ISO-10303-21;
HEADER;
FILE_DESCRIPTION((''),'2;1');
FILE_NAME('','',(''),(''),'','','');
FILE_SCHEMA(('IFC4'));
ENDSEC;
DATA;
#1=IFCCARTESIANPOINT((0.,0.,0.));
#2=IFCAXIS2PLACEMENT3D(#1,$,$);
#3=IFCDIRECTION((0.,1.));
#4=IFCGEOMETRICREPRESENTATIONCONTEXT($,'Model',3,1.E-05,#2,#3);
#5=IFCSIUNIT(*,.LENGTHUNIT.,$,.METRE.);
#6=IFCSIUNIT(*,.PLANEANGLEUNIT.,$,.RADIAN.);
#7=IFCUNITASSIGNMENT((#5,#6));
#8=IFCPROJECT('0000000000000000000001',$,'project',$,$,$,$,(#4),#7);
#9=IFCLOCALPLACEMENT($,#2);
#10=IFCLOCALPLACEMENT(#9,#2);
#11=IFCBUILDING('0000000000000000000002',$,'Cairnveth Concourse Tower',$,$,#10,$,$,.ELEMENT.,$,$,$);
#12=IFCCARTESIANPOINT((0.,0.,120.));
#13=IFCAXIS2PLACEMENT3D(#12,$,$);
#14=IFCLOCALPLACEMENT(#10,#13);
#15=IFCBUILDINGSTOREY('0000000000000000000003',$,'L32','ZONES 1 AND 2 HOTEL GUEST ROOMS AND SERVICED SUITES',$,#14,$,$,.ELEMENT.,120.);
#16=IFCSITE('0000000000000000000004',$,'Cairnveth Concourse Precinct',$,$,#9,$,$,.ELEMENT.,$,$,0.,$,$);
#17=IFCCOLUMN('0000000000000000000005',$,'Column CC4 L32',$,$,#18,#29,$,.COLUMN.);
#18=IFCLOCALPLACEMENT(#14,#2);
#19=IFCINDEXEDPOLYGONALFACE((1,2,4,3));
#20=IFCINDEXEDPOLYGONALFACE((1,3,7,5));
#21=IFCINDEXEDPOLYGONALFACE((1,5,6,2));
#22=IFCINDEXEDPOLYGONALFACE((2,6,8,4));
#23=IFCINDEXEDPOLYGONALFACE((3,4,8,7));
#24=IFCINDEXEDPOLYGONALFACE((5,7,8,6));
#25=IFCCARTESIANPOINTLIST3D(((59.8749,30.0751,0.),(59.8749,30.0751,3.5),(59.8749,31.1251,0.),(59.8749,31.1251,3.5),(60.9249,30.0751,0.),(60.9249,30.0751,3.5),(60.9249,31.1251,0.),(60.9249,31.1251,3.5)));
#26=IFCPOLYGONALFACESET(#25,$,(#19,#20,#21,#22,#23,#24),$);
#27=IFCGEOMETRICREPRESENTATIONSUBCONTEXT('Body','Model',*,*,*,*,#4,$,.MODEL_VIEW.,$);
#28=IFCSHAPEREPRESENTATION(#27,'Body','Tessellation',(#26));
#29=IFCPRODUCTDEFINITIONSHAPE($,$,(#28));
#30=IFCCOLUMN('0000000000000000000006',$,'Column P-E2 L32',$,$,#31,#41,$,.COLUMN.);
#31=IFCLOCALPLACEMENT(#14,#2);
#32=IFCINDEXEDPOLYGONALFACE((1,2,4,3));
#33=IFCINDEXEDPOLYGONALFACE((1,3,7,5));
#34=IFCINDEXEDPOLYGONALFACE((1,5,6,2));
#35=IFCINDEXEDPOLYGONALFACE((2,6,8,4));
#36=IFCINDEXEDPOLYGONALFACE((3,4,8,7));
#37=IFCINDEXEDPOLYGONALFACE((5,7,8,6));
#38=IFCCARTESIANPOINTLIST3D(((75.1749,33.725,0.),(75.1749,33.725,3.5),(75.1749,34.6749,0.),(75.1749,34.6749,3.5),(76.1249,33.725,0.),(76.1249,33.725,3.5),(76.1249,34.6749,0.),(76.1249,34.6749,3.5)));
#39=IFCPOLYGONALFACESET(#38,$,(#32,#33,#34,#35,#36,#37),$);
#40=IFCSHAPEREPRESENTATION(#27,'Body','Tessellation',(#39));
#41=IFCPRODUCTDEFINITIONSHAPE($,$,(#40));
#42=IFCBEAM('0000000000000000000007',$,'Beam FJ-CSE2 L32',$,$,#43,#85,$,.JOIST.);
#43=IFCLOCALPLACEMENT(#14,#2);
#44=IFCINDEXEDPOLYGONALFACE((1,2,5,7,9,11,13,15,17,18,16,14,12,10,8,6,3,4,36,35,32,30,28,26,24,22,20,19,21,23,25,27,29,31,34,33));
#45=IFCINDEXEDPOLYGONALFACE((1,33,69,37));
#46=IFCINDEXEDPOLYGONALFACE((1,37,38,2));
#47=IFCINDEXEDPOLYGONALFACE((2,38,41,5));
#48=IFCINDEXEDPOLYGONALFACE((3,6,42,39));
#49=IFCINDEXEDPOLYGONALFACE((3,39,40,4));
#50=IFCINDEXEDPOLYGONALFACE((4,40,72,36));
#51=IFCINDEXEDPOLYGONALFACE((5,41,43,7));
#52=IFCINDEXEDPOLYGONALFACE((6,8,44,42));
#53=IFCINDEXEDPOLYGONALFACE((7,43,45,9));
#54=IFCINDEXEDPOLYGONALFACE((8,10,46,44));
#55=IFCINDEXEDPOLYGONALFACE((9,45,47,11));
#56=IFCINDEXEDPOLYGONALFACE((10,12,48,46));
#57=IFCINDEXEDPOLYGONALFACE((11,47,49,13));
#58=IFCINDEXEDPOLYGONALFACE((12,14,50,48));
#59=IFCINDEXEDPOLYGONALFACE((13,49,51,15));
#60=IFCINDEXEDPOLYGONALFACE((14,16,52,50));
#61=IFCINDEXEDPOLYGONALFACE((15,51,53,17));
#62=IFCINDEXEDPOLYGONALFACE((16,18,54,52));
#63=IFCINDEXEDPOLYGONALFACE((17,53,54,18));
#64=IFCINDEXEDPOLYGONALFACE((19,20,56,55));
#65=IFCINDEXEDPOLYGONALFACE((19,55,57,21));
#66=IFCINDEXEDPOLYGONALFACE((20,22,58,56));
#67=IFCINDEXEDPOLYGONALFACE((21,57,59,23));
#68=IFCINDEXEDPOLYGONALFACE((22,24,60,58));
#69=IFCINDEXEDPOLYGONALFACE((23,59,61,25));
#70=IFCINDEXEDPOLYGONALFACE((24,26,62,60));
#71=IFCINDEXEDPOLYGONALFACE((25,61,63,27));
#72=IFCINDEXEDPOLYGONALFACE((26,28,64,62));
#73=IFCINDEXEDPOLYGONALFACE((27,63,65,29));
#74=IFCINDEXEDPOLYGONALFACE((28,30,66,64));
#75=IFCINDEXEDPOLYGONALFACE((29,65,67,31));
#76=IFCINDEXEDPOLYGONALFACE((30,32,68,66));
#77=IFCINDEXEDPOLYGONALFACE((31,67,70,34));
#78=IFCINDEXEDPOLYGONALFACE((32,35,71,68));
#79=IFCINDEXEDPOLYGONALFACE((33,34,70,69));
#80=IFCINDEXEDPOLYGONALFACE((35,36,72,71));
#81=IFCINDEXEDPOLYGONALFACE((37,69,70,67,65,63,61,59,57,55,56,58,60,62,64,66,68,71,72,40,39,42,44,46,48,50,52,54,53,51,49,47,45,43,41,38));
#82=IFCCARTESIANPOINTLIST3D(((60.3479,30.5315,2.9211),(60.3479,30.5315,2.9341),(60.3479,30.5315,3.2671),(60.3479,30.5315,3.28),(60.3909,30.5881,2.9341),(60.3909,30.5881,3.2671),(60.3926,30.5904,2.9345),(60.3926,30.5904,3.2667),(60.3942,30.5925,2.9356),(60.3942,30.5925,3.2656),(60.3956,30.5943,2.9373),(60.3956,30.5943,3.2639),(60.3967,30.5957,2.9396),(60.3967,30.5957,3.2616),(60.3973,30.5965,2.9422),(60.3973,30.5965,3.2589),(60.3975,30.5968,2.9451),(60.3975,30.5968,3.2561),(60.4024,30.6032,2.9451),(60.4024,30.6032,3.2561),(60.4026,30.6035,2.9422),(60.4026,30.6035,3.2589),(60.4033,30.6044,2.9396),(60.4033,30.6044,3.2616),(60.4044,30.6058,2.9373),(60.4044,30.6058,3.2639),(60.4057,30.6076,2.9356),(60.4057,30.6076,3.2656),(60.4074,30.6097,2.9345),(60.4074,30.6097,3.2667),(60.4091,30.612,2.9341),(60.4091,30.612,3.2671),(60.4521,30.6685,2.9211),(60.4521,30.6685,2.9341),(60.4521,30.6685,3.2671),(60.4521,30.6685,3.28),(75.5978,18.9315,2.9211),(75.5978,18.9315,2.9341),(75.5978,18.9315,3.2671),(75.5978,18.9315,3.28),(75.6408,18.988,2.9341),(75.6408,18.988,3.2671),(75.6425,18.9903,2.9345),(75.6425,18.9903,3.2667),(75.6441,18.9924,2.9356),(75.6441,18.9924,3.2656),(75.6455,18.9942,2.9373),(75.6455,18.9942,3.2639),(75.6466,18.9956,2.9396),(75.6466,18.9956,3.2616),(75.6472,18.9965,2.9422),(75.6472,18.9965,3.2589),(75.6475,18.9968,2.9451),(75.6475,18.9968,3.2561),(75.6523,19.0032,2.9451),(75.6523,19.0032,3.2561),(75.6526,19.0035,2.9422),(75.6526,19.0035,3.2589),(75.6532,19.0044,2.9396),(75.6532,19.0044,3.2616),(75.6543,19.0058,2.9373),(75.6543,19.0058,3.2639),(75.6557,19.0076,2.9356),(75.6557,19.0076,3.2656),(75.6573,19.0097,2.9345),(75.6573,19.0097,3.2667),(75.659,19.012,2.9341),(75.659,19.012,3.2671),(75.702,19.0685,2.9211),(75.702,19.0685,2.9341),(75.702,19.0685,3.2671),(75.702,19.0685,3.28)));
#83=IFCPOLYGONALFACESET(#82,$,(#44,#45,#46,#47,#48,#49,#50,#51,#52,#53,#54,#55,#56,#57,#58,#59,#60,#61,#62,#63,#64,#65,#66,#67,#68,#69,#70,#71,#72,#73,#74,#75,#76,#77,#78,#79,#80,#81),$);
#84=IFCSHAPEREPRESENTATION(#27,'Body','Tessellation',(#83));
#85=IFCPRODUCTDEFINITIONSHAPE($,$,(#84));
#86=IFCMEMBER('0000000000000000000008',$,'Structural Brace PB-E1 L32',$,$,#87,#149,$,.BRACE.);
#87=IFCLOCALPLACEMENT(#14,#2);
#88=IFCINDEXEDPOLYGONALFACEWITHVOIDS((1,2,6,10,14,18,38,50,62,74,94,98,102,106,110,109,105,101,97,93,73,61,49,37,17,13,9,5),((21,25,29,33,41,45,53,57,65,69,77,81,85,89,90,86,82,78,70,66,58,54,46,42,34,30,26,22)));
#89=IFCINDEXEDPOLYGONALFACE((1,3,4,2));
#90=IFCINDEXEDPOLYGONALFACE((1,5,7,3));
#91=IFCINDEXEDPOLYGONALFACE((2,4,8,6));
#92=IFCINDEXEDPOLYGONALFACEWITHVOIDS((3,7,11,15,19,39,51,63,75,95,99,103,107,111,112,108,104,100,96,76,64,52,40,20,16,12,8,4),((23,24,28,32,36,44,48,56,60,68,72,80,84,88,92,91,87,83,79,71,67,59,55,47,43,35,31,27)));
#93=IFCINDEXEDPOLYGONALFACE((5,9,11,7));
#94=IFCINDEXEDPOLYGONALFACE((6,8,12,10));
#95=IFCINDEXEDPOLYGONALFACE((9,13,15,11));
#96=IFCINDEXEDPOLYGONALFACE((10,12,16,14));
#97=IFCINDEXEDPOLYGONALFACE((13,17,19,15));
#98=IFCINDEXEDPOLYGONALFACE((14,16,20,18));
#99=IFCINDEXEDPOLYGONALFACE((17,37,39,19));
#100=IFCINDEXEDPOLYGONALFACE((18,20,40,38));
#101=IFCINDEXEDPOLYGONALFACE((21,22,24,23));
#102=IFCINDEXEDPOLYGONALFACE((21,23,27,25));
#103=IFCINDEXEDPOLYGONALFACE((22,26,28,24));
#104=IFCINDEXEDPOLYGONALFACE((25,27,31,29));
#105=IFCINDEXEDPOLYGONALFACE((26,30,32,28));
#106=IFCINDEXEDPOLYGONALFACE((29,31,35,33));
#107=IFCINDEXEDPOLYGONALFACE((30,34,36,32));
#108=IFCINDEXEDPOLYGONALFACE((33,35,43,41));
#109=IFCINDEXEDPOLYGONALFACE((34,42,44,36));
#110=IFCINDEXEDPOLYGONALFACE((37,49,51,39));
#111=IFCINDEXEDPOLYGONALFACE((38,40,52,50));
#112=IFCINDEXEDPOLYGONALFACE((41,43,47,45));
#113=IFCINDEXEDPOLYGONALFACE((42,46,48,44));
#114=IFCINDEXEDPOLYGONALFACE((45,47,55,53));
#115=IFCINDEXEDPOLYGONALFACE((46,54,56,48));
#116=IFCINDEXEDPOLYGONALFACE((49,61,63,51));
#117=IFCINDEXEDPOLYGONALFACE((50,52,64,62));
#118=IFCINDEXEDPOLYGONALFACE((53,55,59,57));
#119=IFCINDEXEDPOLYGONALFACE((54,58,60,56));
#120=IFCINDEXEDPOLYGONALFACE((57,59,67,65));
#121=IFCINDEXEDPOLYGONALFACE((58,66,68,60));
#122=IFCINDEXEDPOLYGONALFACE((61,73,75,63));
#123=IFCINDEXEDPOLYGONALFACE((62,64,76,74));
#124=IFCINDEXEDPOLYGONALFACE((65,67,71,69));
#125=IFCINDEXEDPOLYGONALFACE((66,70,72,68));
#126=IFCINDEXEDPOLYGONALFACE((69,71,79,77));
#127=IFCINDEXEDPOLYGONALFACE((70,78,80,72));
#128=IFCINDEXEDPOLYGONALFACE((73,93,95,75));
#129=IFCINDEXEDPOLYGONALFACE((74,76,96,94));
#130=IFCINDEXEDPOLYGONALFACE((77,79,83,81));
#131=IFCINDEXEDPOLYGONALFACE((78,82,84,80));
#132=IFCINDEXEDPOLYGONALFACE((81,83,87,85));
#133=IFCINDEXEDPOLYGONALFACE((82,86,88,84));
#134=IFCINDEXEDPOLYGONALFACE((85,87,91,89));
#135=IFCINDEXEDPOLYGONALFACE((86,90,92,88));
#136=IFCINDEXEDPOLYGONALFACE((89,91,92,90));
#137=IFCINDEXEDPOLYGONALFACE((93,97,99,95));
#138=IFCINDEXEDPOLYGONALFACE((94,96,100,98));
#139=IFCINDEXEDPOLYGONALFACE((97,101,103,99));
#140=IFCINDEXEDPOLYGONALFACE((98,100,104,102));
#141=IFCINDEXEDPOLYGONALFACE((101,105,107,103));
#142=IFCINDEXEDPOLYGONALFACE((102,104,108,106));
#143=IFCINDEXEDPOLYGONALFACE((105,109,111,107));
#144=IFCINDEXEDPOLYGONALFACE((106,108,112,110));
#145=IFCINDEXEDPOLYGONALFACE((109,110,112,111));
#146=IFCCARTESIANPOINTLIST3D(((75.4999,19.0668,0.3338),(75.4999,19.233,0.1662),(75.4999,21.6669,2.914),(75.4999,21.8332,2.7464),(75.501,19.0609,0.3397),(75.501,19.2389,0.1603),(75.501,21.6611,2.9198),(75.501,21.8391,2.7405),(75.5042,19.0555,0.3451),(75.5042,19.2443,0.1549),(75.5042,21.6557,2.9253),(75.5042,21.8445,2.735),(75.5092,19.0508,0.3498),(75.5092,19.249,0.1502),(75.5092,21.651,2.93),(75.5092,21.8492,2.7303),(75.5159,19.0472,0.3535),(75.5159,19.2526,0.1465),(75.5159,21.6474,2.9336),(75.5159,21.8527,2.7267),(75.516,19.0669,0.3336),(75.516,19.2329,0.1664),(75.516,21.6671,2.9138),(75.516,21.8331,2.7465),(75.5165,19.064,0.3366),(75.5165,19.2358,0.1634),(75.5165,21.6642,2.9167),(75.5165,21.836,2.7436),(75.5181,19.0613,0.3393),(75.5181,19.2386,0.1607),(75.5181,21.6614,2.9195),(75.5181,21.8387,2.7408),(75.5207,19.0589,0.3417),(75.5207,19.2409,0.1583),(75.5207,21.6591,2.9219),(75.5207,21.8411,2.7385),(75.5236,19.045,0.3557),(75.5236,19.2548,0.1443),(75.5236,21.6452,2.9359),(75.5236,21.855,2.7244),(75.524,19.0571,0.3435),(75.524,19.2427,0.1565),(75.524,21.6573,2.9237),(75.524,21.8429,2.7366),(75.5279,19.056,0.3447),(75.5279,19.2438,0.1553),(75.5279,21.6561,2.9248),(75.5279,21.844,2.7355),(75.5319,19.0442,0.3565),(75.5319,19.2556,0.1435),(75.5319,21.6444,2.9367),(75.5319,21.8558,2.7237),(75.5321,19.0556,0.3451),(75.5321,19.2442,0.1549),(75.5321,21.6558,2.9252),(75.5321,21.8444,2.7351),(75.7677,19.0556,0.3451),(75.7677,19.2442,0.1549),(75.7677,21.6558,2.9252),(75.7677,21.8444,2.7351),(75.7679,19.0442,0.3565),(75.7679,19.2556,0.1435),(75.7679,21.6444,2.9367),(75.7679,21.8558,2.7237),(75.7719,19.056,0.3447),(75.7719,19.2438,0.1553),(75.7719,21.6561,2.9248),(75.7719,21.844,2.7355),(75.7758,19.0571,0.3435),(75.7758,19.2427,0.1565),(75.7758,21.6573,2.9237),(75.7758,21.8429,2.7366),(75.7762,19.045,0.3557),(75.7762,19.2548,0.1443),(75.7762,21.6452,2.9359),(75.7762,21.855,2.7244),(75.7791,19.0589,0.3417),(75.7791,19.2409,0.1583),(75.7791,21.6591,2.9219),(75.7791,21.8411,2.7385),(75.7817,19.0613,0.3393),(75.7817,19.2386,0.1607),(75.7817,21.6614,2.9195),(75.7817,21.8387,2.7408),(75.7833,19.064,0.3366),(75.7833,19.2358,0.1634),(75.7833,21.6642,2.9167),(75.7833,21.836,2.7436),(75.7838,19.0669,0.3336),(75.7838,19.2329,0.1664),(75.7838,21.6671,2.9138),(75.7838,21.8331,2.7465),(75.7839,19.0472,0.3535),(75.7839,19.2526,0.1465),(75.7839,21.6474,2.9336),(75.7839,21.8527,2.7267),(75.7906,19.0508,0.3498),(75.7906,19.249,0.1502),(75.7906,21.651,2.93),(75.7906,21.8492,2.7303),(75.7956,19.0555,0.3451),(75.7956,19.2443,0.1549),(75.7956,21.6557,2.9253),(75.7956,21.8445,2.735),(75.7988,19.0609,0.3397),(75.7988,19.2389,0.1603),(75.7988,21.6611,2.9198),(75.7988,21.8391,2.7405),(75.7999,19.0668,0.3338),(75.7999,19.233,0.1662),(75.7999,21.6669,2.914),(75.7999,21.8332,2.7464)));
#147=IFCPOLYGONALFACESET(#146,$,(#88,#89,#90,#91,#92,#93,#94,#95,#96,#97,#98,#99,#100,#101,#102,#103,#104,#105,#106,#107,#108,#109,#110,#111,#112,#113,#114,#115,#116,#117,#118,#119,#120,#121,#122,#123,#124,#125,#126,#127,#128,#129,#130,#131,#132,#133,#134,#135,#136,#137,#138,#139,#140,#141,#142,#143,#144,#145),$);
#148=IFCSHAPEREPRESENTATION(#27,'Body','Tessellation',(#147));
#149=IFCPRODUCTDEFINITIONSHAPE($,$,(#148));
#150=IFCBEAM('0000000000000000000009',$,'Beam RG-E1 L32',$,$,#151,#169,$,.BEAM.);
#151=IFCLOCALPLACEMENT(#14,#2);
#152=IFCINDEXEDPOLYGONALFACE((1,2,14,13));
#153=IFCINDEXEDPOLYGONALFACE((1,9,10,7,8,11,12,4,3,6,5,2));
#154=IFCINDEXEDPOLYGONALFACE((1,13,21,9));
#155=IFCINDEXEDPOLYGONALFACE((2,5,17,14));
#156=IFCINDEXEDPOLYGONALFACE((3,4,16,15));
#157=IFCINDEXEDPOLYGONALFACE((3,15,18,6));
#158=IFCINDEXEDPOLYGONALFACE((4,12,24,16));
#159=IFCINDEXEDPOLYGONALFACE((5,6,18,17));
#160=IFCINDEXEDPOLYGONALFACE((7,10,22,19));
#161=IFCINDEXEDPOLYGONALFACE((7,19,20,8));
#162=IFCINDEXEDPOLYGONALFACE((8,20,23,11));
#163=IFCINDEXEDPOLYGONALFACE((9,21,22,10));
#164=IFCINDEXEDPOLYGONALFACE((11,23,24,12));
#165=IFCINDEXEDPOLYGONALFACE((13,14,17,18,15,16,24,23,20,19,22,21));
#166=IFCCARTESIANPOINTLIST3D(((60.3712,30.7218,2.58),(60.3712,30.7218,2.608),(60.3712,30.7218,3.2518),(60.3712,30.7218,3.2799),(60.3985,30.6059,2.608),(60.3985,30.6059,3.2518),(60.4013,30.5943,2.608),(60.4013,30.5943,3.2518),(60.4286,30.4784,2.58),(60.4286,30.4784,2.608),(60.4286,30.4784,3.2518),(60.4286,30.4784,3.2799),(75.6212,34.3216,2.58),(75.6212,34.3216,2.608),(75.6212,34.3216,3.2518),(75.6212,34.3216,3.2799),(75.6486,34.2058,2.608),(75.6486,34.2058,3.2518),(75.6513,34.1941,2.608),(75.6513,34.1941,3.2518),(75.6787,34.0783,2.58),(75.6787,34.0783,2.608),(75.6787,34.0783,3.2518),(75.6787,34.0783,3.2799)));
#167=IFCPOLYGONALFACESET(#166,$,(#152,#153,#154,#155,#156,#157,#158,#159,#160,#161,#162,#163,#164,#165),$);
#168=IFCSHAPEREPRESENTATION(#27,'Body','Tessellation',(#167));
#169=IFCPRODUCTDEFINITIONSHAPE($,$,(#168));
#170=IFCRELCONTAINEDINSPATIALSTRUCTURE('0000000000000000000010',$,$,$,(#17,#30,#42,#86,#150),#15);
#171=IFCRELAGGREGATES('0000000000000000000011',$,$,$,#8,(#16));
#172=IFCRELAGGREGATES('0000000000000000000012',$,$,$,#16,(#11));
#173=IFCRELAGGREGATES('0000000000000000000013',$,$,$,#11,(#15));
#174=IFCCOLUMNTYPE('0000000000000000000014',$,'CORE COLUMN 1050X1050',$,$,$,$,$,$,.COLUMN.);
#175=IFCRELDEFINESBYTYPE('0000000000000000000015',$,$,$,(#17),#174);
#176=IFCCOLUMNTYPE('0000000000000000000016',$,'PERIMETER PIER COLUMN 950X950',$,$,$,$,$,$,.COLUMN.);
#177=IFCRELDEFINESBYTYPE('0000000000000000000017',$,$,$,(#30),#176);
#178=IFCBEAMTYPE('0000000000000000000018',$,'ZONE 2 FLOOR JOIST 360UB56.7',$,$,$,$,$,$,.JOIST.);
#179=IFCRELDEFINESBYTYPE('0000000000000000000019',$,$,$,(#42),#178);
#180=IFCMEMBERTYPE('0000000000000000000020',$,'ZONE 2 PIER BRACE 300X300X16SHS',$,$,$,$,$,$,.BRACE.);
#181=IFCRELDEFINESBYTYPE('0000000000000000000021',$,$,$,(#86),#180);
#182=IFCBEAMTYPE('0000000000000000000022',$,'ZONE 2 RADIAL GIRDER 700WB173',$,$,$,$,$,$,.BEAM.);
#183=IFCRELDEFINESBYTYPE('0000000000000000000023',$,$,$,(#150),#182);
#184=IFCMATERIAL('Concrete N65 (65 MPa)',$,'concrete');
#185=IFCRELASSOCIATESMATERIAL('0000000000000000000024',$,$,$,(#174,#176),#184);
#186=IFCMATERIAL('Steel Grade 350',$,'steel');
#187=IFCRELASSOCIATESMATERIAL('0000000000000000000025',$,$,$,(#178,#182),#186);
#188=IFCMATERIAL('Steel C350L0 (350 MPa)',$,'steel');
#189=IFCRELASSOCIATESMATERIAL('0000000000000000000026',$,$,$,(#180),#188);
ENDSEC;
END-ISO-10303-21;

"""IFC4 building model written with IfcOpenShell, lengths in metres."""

from ifc_helpers import new_model, si_unit, direction, frame, origin, origin_2d, place, context, subcontext, project, spatial, rectangle, hollow_rectangle, i_section, extrude, material, material_profile, profile_set, type_object, element, save


model = new_model("IFC4")

# Units and contexts
model_context = context("Model", 3, precision=1e-05, world=origin(), true_north=direction((0.0, 1.0)))
body_context = subcontext(model_context, "Body", "Model", "MODEL_VIEW")
ifc_project = project(units=[si_unit("LENGTHUNIT", "METRE"), si_unit("PLANEANGLEUNIT", "RADIAN")], contexts=[model_context])

# Site, building, storey
site_placement = place(None, origin())
site = spatial("IfcSite", under=ifc_project, at=site_placement, Name="Cairnveth Concourse Precinct", CompositionType="ELEMENT", RefElevation=0.0)
building_placement = place(site_placement, origin())
building = spatial("IfcBuilding", under=site, at=building_placement, Name="Cairnveth Concourse Tower", CompositionType="ELEMENT")
storey_placement = place(building_placement, frame((0.0, 0.0, 120.0)))
storey = spatial("IfcBuildingStorey", under=building, at=storey_placement, Name="L32", Description="ZONES 1 AND 2 HOTEL GUEST ROOMS AND SERVICED SUITES", CompositionType="ELEMENT", Elevation=120.0)

# Columns
ifc_material_1 = material(Name="Concrete N65 (65 MPa)", Category="concrete")
ifc_material_profile_1 = material_profile(ifc_material_1, rectangle(XDim=1.05, YDim=1.05, at=origin_2d()), Name="RC-COL-1050x1050")
ifc_profile_set_1 = profile_set([ifc_material_profile_1], Name="Concrete N65 (65 MPa)")
column_type_1 = type_object("IfcColumnType", Name="CORE COLUMN 1050X1050", PredefinedType="COLUMN", material=ifc_profile_set_1)
column_1_placement = place(storey_placement, frame((60.3999, 30.6001, 0.0), z_axis=(0.0, 0.0, 1.0), x_axis=(1.0, 0.0, 0.0)))
element("IfcColumn", 1, at=column_1_placement, inside=storey, type_object=column_type_1, Name="Column CC4 L32", PredefinedType="COLUMN", context=body_context, shape_type="SweptSolid", body=[
    extrude(rectangle(XDim=1.05, YDim=1.05, at=origin_2d()), origin(), (0.0, 0.0, 1.0), 3.5),
])
ifc_material_profile_2 = material_profile(ifc_material_1, rectangle(XDim=0.95, YDim=0.95, at=origin_2d()), Name="RC-COL-950x950")
ifc_profile_set_2 = profile_set([ifc_material_profile_2], Name="Concrete N65 (65 MPa)")
column_type_2 = type_object("IfcColumnType", Name="PERIMETER PIER COLUMN 950X950", PredefinedType="COLUMN", material=ifc_profile_set_2)
column_2_placement = place(storey_placement, frame((75.6499, 34.2, 0.0), z_axis=(0.0, 0.0, 1.0), x_axis=(0.0, 1.0, 0.0)))
element("IfcColumn", 2, at=column_2_placement, inside=storey, type_object=column_type_2, Name="Column P-E2 L32", PredefinedType="COLUMN", context=body_context, shape_type="SweptSolid", body=[
    extrude(rectangle(XDim=0.95, YDim=0.95, at=origin_2d()), origin(), (0.0, 0.0, 1.0), 3.5),
])

# Beam
ifc_material_2 = material(Name="Steel Grade 350", Category="steel")
ifc_material_profile_3 = material_profile(ifc_material_2, i_section(OverallWidth=0.1721, OverallDepth=0.3589, WebThickness=0.0081, FlangeThickness=0.0129, FilletRadius=0.011, at=origin_2d()), Name="360UB56.7")
ifc_profile_set_3 = profile_set([ifc_material_profile_3], Name="Steel Grade 350")
beam_type_1 = type_object("IfcBeamType", Name="ZONE 2 FLOOR JOIST 360UB56.7", PredefinedType="JOIST", material=ifc_profile_set_3)
beam_1_placement = place(storey_placement, frame((75.6499, 19.0, 3.1006), z_axis=(-0.795908, 0.605417, 0.0), x_axis=(-0.605417, -0.795908, 0.0)))
element("IfcBeam", 3, at=beam_1_placement, inside=storey, type_object=beam_type_1, Name="Beam FJ-CSE2 L32", PredefinedType="JOIST", context=body_context, shape_type="SweptSolid", body=[
    extrude(i_section(OverallWidth=0.1721, OverallDepth=0.3589, WebThickness=0.0081, FlangeThickness=0.0129, FilletRadius=0.011, at=origin_2d()), origin(), (0.0, 0.0, 1.0), 19.1604),
])

# Member
ifc_material_3 = material(Name="Steel C350L0 (350 MPa)", Category="steel")
ifc_material_profile_4 = material_profile(ifc_material_3, hollow_rectangle(XDim=0.3, YDim=0.3, WallThickness=0.0161, InnerFilletRadius=0.0161, OuterFilletRadius=0.032, at=origin_2d()), Name="300x300x16.0SHS")
ifc_profile_set_4 = profile_set([ifc_material_profile_4], Name="Steel C350L0 (350 MPa)")
member_type = type_object("IfcMemberType", Name="ZONE 2 PIER BRACE 300X300X16SHS", PredefinedType="BRACE", material=ifc_profile_set_4)
member_placement = place(storey_placement, frame((75.6499, 19.1499, 0.25), z_axis=(0.0, 0.709834, 0.704369), x_axis=(-1.0, 0.0, 0.0)))
element("IfcMember", 4, at=member_placement, inside=storey, type_object=member_type, Name="Structural Brace PB-E1 L32", PredefinedType="BRACE", context=body_context, shape_type="SweptSolid", body=[
    extrude(hollow_rectangle(XDim=0.3, YDim=0.3, WallThickness=0.0161, InnerFilletRadius=0.0161, OuterFilletRadius=0.032, at=origin_2d()), origin(), (0.0, 0.0, 1.0), 3.6631),
])

# Beam
ifc_material_profile_5 = material_profile(ifc_material_2, i_section(OverallWidth=0.25, OverallDepth=0.7, WebThickness=0.012, FlangeThickness=0.0281, at=origin_2d()), Name="700WB173")
ifc_profile_set_5 = profile_set([ifc_material_profile_5], Name="Steel Grade 350")
beam_type_2 = type_object("IfcBeamType", Name="ZONE 2 RADIAL GIRDER 700WB173", PredefinedType="BEAM", material=ifc_profile_set_5)
beam_2_placement = place(storey_placement, frame((60.3999, 30.6001, 2.9299), z_axis=(0.973252, 0.229742, 0.0), x_axis=(-0.229742, 0.973252, 0.0)))
element("IfcBeam", 5, at=beam_2_placement, inside=storey, type_object=beam_type_2, Name="Beam RG-E1 L32", PredefinedType="BEAM", context=body_context, shape_type="SweptSolid", body=[
    extrude(i_section(OverallWidth=0.25, OverallDepth=0.7, WebThickness=0.012, FlangeThickness=0.0281, at=origin_2d()), origin(), (0.0, 0.0, 1.0), 15.6692),
])

save(model, "model.ifc")
